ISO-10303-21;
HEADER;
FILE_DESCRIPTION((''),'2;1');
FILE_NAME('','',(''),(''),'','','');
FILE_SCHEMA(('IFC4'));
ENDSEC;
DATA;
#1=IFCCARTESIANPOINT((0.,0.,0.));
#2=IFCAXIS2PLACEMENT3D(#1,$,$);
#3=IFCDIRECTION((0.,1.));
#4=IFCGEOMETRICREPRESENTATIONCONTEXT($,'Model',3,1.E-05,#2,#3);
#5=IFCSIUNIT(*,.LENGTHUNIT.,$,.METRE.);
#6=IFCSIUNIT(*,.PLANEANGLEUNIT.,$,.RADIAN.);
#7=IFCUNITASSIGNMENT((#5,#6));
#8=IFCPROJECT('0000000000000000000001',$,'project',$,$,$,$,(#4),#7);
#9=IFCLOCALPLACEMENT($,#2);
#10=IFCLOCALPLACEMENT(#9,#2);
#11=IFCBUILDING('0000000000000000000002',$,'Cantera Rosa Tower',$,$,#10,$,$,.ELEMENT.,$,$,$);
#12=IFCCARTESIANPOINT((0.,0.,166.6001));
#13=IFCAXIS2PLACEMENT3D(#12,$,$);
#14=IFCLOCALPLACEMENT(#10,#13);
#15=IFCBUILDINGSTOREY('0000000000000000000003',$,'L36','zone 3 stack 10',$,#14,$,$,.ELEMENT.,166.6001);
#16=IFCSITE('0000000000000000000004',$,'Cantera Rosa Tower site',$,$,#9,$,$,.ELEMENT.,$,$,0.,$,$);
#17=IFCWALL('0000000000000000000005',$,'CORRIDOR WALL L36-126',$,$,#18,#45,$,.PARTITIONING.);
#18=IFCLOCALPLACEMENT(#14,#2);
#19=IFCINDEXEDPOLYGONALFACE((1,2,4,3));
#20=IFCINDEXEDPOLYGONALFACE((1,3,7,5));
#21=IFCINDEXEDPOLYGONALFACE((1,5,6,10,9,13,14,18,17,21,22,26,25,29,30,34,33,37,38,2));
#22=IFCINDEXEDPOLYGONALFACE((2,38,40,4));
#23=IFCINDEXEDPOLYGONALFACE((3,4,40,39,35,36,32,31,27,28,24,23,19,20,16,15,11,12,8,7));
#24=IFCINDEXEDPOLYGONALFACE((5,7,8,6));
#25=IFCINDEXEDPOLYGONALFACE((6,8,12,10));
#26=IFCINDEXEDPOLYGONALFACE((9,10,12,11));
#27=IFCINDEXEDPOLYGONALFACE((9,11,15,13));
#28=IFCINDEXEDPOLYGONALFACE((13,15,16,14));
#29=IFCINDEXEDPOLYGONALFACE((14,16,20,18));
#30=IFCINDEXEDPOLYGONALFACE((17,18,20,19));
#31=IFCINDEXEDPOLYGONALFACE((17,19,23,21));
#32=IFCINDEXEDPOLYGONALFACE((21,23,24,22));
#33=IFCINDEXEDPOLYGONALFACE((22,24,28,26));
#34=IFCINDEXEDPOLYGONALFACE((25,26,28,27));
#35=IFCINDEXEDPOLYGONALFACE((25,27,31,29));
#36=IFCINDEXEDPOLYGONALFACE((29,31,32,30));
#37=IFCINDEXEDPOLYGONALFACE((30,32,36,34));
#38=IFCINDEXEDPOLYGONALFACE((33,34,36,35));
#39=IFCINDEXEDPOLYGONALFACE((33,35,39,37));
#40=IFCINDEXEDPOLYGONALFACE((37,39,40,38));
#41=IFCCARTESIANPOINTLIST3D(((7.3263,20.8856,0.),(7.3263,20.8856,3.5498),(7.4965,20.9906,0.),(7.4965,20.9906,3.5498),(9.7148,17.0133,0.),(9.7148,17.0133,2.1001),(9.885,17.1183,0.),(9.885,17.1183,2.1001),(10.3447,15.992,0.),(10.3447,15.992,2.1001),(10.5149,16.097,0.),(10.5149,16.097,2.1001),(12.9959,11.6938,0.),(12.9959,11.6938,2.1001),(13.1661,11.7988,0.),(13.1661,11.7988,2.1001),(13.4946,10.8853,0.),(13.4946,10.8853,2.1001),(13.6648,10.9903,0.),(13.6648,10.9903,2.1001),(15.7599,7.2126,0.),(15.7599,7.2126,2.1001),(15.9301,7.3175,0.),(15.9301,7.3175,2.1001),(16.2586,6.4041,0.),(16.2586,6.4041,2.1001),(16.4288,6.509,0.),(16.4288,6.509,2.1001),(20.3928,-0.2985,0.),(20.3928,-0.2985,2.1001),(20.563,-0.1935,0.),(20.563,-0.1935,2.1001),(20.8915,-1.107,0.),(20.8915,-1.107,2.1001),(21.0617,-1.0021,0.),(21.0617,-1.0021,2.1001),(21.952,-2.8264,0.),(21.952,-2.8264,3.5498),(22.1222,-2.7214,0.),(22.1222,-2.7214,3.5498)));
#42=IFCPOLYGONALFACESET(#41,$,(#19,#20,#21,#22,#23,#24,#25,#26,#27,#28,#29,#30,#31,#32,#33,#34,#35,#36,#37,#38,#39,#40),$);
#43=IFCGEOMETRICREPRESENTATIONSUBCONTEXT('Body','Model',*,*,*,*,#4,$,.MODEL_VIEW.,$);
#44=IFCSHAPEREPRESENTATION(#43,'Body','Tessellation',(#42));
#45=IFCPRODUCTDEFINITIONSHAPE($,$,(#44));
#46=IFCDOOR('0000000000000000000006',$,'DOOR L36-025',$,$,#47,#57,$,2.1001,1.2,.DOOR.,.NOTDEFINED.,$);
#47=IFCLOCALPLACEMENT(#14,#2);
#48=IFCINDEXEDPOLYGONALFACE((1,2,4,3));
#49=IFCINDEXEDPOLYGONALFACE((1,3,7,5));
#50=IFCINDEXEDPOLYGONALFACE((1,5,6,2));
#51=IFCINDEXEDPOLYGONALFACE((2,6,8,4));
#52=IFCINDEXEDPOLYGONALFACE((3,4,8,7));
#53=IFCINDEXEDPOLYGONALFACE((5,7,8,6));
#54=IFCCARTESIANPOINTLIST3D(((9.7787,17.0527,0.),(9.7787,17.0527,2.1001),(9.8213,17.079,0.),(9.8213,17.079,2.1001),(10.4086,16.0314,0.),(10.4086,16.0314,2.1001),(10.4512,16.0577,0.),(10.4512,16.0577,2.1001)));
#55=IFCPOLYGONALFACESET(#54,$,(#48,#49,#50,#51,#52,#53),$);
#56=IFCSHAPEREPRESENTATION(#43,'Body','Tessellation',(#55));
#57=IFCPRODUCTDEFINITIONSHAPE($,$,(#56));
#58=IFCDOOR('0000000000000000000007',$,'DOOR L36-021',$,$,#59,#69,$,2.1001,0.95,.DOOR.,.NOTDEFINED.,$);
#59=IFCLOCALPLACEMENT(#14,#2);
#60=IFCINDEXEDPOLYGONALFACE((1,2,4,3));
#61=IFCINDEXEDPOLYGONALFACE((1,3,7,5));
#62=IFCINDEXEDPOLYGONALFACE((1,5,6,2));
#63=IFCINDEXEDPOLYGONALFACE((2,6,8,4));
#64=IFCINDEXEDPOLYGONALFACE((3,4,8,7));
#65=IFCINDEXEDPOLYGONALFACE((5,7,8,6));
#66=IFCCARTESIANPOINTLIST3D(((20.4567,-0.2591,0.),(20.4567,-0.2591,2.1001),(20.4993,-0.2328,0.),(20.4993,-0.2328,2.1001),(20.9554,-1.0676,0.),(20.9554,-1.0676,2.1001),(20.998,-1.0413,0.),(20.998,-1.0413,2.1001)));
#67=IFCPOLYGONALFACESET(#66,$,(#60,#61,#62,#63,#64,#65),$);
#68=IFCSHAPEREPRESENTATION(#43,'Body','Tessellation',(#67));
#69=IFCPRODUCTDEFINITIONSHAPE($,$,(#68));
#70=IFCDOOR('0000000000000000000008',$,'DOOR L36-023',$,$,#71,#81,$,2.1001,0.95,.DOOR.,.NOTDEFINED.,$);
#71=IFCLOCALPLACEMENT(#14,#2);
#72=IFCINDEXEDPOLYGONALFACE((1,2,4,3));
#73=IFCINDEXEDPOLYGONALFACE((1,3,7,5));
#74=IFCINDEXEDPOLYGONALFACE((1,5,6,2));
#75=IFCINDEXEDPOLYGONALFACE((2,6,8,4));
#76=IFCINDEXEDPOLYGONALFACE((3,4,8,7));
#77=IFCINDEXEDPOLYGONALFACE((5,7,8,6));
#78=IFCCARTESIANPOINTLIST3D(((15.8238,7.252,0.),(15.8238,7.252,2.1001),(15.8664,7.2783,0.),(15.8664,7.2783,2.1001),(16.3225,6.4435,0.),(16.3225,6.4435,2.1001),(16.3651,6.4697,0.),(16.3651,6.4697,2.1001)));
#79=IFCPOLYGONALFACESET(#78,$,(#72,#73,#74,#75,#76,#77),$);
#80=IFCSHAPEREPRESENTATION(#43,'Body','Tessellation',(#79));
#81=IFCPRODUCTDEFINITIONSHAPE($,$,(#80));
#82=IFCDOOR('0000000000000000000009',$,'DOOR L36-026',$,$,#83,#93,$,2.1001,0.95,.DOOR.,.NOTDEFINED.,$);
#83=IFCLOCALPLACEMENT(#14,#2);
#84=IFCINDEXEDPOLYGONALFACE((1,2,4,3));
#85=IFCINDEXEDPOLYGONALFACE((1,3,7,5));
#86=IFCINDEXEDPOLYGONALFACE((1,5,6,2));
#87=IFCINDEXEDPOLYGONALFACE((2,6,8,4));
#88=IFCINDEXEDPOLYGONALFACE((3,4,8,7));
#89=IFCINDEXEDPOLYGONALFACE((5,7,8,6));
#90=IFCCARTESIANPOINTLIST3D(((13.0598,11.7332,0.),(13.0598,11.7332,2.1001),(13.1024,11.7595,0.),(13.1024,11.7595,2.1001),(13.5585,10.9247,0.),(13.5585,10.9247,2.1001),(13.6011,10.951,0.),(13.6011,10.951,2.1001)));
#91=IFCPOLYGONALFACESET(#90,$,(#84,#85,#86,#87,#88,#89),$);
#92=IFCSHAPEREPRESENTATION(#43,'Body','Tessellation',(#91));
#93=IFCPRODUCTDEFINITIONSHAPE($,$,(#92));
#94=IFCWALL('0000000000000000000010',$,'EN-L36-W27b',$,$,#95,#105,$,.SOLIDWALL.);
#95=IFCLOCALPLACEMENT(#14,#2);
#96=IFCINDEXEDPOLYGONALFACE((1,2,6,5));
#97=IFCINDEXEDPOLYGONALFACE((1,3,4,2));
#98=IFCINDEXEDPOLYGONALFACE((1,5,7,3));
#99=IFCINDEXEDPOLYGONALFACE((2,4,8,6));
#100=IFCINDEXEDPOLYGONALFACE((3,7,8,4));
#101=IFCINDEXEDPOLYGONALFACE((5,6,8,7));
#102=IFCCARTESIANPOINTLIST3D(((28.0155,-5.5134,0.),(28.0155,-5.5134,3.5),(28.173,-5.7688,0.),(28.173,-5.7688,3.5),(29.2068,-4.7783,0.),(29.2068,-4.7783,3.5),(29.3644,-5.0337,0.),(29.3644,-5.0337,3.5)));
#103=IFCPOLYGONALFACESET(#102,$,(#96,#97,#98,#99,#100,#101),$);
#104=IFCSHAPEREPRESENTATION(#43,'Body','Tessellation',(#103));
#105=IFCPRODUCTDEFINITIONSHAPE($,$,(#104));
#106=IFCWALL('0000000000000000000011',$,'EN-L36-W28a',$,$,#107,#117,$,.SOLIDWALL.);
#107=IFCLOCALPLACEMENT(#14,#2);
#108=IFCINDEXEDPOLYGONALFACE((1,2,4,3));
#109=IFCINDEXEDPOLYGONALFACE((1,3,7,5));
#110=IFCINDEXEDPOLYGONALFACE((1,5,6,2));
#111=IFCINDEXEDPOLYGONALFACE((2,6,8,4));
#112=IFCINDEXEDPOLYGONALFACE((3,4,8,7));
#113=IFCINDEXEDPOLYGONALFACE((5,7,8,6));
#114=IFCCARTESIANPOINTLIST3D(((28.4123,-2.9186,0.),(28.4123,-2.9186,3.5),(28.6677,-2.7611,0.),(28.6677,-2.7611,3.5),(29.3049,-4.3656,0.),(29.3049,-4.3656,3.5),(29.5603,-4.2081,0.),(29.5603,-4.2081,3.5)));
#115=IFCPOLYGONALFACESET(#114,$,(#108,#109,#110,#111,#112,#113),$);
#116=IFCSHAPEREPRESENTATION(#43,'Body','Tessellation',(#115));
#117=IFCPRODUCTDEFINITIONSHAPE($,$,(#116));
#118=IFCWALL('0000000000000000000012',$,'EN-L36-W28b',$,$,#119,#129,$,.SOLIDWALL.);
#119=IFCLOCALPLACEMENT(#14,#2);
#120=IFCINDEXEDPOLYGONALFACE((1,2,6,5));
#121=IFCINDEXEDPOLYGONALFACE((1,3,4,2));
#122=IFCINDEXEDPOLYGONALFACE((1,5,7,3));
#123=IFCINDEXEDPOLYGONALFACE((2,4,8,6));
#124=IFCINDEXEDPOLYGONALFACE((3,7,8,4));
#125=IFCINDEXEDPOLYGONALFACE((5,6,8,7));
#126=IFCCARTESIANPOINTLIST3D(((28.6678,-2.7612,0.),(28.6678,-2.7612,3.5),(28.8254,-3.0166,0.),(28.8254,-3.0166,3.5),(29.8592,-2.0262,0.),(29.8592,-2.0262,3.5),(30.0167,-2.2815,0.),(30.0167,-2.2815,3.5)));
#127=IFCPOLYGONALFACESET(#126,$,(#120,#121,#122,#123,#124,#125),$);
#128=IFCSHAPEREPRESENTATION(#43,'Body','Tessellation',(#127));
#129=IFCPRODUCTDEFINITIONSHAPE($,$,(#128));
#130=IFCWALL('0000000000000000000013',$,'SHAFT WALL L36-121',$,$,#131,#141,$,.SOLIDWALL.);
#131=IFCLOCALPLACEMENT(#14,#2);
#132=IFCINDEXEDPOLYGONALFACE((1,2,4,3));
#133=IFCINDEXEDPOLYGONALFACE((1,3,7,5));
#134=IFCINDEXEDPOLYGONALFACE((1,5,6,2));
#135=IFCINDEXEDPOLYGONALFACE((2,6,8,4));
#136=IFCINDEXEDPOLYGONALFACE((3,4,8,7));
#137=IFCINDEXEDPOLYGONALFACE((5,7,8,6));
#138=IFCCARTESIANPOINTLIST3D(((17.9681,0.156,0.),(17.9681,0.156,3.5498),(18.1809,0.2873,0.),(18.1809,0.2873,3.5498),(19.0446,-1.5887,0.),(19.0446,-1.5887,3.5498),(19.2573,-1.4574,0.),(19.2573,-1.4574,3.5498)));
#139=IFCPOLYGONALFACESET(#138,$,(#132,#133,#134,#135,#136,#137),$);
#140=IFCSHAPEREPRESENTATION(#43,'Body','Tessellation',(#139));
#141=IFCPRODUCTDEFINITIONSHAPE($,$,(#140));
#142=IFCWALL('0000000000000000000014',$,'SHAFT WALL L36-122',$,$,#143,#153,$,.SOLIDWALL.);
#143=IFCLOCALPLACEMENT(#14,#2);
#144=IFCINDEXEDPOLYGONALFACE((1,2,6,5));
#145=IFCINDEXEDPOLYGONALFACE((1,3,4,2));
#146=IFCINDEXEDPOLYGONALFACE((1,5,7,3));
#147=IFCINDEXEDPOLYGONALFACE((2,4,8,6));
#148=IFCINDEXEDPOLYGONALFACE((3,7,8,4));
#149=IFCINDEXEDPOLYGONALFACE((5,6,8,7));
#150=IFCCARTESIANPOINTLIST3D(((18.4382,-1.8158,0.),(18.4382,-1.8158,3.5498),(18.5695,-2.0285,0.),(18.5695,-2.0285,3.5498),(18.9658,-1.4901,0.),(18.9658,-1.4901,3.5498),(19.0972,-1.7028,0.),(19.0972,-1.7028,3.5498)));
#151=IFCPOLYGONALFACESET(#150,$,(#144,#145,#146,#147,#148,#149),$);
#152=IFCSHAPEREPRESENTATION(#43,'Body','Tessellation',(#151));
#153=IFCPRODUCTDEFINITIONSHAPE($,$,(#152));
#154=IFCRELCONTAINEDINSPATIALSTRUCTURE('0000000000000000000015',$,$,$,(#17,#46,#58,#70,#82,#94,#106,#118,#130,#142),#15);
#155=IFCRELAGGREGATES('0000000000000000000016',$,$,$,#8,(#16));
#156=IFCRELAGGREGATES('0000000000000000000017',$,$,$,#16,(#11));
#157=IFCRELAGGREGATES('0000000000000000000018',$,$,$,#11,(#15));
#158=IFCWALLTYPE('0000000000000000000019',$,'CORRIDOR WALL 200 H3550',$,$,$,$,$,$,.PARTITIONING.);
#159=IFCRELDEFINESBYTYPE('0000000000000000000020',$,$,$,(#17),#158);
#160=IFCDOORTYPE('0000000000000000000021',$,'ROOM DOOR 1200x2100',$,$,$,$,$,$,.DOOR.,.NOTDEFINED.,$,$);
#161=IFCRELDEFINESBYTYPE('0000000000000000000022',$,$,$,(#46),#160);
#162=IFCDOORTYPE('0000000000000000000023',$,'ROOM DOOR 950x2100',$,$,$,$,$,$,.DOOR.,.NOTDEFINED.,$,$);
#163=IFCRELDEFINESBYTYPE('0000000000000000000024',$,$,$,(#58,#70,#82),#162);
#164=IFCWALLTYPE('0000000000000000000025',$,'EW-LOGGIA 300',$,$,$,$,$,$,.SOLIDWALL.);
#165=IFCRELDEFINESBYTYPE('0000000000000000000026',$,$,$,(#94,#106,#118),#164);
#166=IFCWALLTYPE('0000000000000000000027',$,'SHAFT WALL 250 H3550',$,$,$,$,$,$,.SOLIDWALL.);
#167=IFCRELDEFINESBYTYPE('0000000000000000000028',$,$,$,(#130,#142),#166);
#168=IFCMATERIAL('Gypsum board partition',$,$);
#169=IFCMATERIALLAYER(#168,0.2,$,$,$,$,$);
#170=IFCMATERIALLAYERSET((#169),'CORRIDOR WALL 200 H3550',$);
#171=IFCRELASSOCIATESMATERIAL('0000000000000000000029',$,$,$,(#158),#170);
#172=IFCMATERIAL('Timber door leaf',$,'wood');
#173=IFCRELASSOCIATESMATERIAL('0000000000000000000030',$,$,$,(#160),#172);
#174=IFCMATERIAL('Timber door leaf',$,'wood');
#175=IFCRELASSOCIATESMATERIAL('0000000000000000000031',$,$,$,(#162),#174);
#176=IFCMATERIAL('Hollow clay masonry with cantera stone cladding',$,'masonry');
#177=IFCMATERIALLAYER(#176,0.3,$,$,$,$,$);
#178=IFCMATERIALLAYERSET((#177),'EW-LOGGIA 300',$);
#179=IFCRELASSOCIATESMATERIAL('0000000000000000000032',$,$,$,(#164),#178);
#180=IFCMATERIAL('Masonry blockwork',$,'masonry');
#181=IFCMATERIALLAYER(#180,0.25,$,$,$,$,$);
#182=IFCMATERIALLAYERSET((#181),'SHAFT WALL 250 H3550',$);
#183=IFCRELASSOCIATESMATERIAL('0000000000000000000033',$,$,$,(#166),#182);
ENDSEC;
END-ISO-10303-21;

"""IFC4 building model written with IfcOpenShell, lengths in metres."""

from ifc_helpers import new_model, si_unit, direction, frame, frame_2d, origin, place, context, subcontext, project, spatial, rectangle, extrude, material, layer, layer_set, type_object, element, fill, save


model = new_model("IFC4")

# Units and contexts
model_context = context("Model", 3, precision=1e-05, world=origin(), true_north=direction((0.0, 1.0)))
body_context = subcontext(model_context, "Body", "Model", "MODEL_VIEW")
ifc_project = project(units=[si_unit("LENGTHUNIT", "METRE"), si_unit("PLANEANGLEUNIT", "RADIAN")], contexts=[model_context])

# Site, building, storey
site_placement = place(None, origin())
site = spatial("IfcSite", under=ifc_project, at=site_placement, Name="Cantera Rosa Tower site", CompositionType="ELEMENT", RefElevation=0.0)
building_placement = place(site_placement, origin())
building = spatial("IfcBuilding", under=site, at=building_placement, Name="Cantera Rosa Tower", CompositionType="ELEMENT")
storey_placement = place(building_placement, frame((0.0, 0.0, 166.6001)))
storey = spatial("IfcBuildingStorey", under=building, at=storey_placement, Name="L36", Description="zone 3 stack 10", CompositionType="ELEMENT", Elevation=166.6001)

# Shared definitions
ifc_material_1 = material(Name="Gypsum board partition")
ifc_layer_1 = layer(ifc_material_1, 0.2)
ifc_layer_set_1 = layer_set([ifc_layer_1], Name="CORRIDOR WALL 200 H3550")
wall_type_1 = type_object("IfcWallType", Name="CORRIDOR WALL 200 H3550", PredefinedType="PARTITIONING", material=ifc_layer_set_1)

# Wall, openings, doors
wall_1_placement = place(storey_placement, frame((22.0371, -2.7739, 0.0), z_axis=(0.0, 0.0, 1.0), x_axis=(-0.524973, 0.851119, 0.0)))
wall_1 = element("IfcWall", 1, at=wall_1_placement, inside=storey, type_object=wall_type_1, Name="CORRIDOR WALL L36-126", PredefinedType="PARTITIONING", context=body_context, shape_type="SweptSolid", body=[
    extrude(rectangle(XDim=27.8599, YDim=0.2, at=frame_2d((13.9299, 0.0))), origin(), (0.0, 0.0, 1.0), 3.5498),
])
opening_1_placement = place(wall_1_placement, frame((2.02, 0.0, 0.0)))
opening_1 = element("IfcOpeningElement", 2, at=opening_1_placement, cuts=wall_1, PredefinedType="OPENING", context=body_context, shape_type="SweptSolid", body=[
    extrude(rectangle(XDim=0.95, YDim=2.1001, at=frame_2d((0.4751, 1.05))), frame((0.0, 0.1099, 0.0), z_axis=(0.0, -1.0, 0.0), x_axis=(1.0, 0.0, 0.0)), (0.0, 0.0, 1.0), 0.22),
])
opening_2_placement = place(wall_1_placement, frame((10.845, 0.0, 0.0)))
opening_2 = element("IfcOpeningElement", 3, at=opening_2_placement, cuts=wall_1, PredefinedType="OPENING", context=body_context, shape_type="SweptSolid", body=[
    extrude(rectangle(XDim=0.95, YDim=2.1001, at=frame_2d((0.4751, 1.05))), frame((0.0, 0.1099, 0.0), z_axis=(0.0, -1.0, 0.0), x_axis=(1.0, 0.0, 0.0)), (0.0, 0.0, 1.0), 0.22),
])
opening_3_placement = place(wall_1_placement, frame((22.1101, 0.0, 0.0)))
opening_3 = element("IfcOpeningElement", 4, at=opening_3_placement, cuts=wall_1, PredefinedType="OPENING", context=body_context, shape_type="SweptSolid", body=[
    extrude(rectangle(XDim=1.2, YDim=2.1001, at=frame_2d((0.6001, 1.05))), frame((0.0, 0.1099, 0.0), z_axis=(0.0, -1.0, 0.0), x_axis=(1.0, 0.0, 0.0)), (0.0, 0.0, 1.0), 0.22),
])
opening_4_placement = place(wall_1_placement, frame((16.1101, 0.0, 0.0)))
opening_4 = element("IfcOpeningElement", 5, at=opening_4_placement, cuts=wall_1, PredefinedType="OPENING", context=body_context, shape_type="SweptSolid", body=[
    extrude(rectangle(XDim=0.95, YDim=2.1001, at=frame_2d((0.4751, 1.05))), frame((0.0, 0.1099, 0.0), z_axis=(0.0, -1.0, 0.0), x_axis=(1.0, 0.0, 0.0)), (0.0, 0.0, 1.0), 0.22),
])
ifc_material_2 = material(Name="Timber door leaf", Category="wood")
door_type_1 = type_object("IfcDoorType", Name="ROOM DOOR 1200x2100", OperationType="NOTDEFINED", PredefinedType="DOOR", material=ifc_material_2)
door_1_placement = place(opening_3_placement, origin())
door_1 = element("IfcDoor", 6, at=door_1_placement, inside=storey, type_object=door_type_1, Name="DOOR L36-025", OperationType="NOTDEFINED", OverallHeight=2.1001, OverallWidth=1.2, PredefinedType="DOOR", context=body_context, shape_type="SweptSolid", body=[
    extrude(rectangle(XDim=1.2, YDim=2.1001, at=frame_2d((0.6001, 1.05))), frame((0.0, 0.0249, 0.0), z_axis=(0.0, -1.0, 0.0), x_axis=(1.0, 0.0, 0.0)), (0.0, 0.0, 1.0), 0.05),
])
fill(opening_3, door_1)
ifc_material_3 = material(Name="Timber door leaf", Category="wood")
door_type_2 = type_object("IfcDoorType", Name="ROOM DOOR 950x2100", OperationType="NOTDEFINED", PredefinedType="DOOR", material=ifc_material_3)
door_2_placement = place(opening_1_placement, origin())
door_2 = element("IfcDoor", 7, at=door_2_placement, inside=storey, type_object=door_type_2, Name="DOOR L36-021", OperationType="NOTDEFINED", OverallHeight=2.1001, OverallWidth=0.95, PredefinedType="DOOR", context=body_context, shape_type="SweptSolid", body=[
    extrude(rectangle(XDim=0.95, YDim=2.1001, at=frame_2d((0.4751, 1.05))), frame((0.0, 0.0249, 0.0), z_axis=(0.0, -1.0, 0.0), x_axis=(1.0, 0.0, 0.0)), (0.0, 0.0, 1.0), 0.05),
])
fill(opening_1, door_2)
door_3_placement = place(opening_2_placement, origin())
door_3 = element("IfcDoor", 8, at=door_3_placement, inside=storey, type_object=door_type_2, Name="DOOR L36-023", OperationType="NOTDEFINED", OverallHeight=2.1001, OverallWidth=0.95, PredefinedType="DOOR", context=body_context, shape_type="SweptSolid", body=[
    extrude(rectangle(XDim=0.95, YDim=2.1001, at=frame_2d((0.4751, 1.05))), frame((0.0, 0.0249, 0.0), z_axis=(0.0, -1.0, 0.0), x_axis=(1.0, 0.0, 0.0)), (0.0, 0.0, 1.0), 0.05),
])
fill(opening_2, door_3)
door_4_placement = place(opening_4_placement, origin())
door_4 = element("IfcDoor", 9, at=door_4_placement, inside=storey, type_object=door_type_2, Name="DOOR L36-026", OperationType="NOTDEFINED", OverallHeight=2.1001, OverallWidth=0.95, PredefinedType="DOOR", context=body_context, shape_type="SweptSolid", body=[
    extrude(rectangle(XDim=0.95, YDim=2.1001, at=frame_2d((0.4751, 1.05))), frame((0.0, 0.0249, 0.0), z_axis=(0.0, -1.0, 0.0), x_axis=(1.0, 0.0, 0.0)), (0.0, 0.0, 1.0), 0.05),
])
fill(opening_4, door_4)

# Walls
ifc_material_4 = material(Name="Hollow clay masonry with cantera stone cladding", Category="masonry")
ifc_layer_2 = layer(ifc_material_4, 0.3)
ifc_layer_set_2 = layer_set([ifc_layer_2], Name="EW-LOGGIA 300")
wall_type_2 = type_object("IfcWallType", Name="EW-LOGGIA 300", PredefinedType="SOLIDWALL", material=ifc_layer_set_2)
wall_2_placement = place(storey_placement, frame((28.0942, -5.6411, 0.0), z_axis=(0.0, 0.0, 1.0), x_axis=(0.851041, 0.525099, 0.0)))
element("IfcWall", 10, at=wall_2_placement, inside=storey, type_object=wall_type_2, Name="EN-L36-W27b", PredefinedType="SOLIDWALL", context=body_context, shape_type="SweptSolid", body=[
    extrude(rectangle(XDim=1.3999, YDim=0.3, at=frame_2d((0.7, 0.0))), origin(), (0.0, 0.0, 1.0), 3.5),
])
wall_3_placement = place(storey_placement, frame((29.4326, -4.2869, 0.0), z_axis=(0.0, 0.0, 1.0), x_axis=(-0.524994, 0.851106, 0.0)))
element("IfcWall", 11, at=wall_3_placement, inside=storey, type_object=wall_type_2, Name="EN-L36-W28a", PredefinedType="SOLIDWALL", context=body_context, shape_type="SweptSolid", body=[
    extrude(rectangle(XDim=1.7002, YDim=0.3, at=frame_2d((0.8501, 0.0))), origin(), (0.0, 0.0, 1.0), 3.5),
])
wall_4_placement = place(storey_placement, frame((28.7466, -2.8889, 0.0), z_axis=(0.0, 0.0, 1.0), x_axis=(0.851041, 0.525099, 0.0)))
element("IfcWall", 12, at=wall_4_placement, inside=storey, type_object=wall_type_2, Name="EN-L36-W28b", PredefinedType="SOLIDWALL", context=body_context, shape_type="SweptSolid", body=[
    extrude(rectangle(XDim=1.3999, YDim=0.3, at=frame_2d((0.7, 0.0))), origin(), (0.0, 0.0, 1.0), 3.5),
])

# Walls
ifc_material_5 = material(Name="Masonry blockwork", Category="masonry")
ifc_layer_3 = layer(ifc_material_5, 0.25)
ifc_layer_set_3 = layer_set([ifc_layer_3], Name="SHAFT WALL 250 H3550")
wall_type_3 = type_object("IfcWallType", Name="SHAFT WALL 250 H3550", PredefinedType="SOLIDWALL", material=ifc_layer_set_3)
wall_5_placement = place(storey_placement, frame((19.1509, -1.5229, 0.0), z_axis=(0.0, 0.0, 1.0), x_axis=(-0.525087, 0.851048, 0.0)))
element("IfcWall", 13, at=wall_5_placement, inside=storey, type_object=wall_type_3, Name="SHAFT WALL L36-121", PredefinedType="SOLIDWALL", context=body_context, shape_type="SweptSolid", body=[
    extrude(rectangle(XDim=2.05, YDim=0.25, at=frame_2d((1.0249, 0.0))), origin(), (0.0, 0.0, 1.0), 3.5498),
])
wall_6_placement = place(storey_placement, frame((19.0315, -1.5964, 0.0), z_axis=(0.0, 0.0, 1.0), x_axis=(-0.850927, -0.525283, 0.0)))
element("IfcWall", 14, at=wall_6_placement, inside=storey, type_object=wall_type_3, Name="SHAFT WALL L36-122", PredefinedType="SOLIDWALL", context=body_context, shape_type="SweptSolid", body=[
    extrude(rectangle(XDim=0.6201, YDim=0.25, at=frame_2d((0.3101, 0.0))), origin(), (0.0, 0.0, 1.0), 3.5498),
])

save(model, "model.ifc")
